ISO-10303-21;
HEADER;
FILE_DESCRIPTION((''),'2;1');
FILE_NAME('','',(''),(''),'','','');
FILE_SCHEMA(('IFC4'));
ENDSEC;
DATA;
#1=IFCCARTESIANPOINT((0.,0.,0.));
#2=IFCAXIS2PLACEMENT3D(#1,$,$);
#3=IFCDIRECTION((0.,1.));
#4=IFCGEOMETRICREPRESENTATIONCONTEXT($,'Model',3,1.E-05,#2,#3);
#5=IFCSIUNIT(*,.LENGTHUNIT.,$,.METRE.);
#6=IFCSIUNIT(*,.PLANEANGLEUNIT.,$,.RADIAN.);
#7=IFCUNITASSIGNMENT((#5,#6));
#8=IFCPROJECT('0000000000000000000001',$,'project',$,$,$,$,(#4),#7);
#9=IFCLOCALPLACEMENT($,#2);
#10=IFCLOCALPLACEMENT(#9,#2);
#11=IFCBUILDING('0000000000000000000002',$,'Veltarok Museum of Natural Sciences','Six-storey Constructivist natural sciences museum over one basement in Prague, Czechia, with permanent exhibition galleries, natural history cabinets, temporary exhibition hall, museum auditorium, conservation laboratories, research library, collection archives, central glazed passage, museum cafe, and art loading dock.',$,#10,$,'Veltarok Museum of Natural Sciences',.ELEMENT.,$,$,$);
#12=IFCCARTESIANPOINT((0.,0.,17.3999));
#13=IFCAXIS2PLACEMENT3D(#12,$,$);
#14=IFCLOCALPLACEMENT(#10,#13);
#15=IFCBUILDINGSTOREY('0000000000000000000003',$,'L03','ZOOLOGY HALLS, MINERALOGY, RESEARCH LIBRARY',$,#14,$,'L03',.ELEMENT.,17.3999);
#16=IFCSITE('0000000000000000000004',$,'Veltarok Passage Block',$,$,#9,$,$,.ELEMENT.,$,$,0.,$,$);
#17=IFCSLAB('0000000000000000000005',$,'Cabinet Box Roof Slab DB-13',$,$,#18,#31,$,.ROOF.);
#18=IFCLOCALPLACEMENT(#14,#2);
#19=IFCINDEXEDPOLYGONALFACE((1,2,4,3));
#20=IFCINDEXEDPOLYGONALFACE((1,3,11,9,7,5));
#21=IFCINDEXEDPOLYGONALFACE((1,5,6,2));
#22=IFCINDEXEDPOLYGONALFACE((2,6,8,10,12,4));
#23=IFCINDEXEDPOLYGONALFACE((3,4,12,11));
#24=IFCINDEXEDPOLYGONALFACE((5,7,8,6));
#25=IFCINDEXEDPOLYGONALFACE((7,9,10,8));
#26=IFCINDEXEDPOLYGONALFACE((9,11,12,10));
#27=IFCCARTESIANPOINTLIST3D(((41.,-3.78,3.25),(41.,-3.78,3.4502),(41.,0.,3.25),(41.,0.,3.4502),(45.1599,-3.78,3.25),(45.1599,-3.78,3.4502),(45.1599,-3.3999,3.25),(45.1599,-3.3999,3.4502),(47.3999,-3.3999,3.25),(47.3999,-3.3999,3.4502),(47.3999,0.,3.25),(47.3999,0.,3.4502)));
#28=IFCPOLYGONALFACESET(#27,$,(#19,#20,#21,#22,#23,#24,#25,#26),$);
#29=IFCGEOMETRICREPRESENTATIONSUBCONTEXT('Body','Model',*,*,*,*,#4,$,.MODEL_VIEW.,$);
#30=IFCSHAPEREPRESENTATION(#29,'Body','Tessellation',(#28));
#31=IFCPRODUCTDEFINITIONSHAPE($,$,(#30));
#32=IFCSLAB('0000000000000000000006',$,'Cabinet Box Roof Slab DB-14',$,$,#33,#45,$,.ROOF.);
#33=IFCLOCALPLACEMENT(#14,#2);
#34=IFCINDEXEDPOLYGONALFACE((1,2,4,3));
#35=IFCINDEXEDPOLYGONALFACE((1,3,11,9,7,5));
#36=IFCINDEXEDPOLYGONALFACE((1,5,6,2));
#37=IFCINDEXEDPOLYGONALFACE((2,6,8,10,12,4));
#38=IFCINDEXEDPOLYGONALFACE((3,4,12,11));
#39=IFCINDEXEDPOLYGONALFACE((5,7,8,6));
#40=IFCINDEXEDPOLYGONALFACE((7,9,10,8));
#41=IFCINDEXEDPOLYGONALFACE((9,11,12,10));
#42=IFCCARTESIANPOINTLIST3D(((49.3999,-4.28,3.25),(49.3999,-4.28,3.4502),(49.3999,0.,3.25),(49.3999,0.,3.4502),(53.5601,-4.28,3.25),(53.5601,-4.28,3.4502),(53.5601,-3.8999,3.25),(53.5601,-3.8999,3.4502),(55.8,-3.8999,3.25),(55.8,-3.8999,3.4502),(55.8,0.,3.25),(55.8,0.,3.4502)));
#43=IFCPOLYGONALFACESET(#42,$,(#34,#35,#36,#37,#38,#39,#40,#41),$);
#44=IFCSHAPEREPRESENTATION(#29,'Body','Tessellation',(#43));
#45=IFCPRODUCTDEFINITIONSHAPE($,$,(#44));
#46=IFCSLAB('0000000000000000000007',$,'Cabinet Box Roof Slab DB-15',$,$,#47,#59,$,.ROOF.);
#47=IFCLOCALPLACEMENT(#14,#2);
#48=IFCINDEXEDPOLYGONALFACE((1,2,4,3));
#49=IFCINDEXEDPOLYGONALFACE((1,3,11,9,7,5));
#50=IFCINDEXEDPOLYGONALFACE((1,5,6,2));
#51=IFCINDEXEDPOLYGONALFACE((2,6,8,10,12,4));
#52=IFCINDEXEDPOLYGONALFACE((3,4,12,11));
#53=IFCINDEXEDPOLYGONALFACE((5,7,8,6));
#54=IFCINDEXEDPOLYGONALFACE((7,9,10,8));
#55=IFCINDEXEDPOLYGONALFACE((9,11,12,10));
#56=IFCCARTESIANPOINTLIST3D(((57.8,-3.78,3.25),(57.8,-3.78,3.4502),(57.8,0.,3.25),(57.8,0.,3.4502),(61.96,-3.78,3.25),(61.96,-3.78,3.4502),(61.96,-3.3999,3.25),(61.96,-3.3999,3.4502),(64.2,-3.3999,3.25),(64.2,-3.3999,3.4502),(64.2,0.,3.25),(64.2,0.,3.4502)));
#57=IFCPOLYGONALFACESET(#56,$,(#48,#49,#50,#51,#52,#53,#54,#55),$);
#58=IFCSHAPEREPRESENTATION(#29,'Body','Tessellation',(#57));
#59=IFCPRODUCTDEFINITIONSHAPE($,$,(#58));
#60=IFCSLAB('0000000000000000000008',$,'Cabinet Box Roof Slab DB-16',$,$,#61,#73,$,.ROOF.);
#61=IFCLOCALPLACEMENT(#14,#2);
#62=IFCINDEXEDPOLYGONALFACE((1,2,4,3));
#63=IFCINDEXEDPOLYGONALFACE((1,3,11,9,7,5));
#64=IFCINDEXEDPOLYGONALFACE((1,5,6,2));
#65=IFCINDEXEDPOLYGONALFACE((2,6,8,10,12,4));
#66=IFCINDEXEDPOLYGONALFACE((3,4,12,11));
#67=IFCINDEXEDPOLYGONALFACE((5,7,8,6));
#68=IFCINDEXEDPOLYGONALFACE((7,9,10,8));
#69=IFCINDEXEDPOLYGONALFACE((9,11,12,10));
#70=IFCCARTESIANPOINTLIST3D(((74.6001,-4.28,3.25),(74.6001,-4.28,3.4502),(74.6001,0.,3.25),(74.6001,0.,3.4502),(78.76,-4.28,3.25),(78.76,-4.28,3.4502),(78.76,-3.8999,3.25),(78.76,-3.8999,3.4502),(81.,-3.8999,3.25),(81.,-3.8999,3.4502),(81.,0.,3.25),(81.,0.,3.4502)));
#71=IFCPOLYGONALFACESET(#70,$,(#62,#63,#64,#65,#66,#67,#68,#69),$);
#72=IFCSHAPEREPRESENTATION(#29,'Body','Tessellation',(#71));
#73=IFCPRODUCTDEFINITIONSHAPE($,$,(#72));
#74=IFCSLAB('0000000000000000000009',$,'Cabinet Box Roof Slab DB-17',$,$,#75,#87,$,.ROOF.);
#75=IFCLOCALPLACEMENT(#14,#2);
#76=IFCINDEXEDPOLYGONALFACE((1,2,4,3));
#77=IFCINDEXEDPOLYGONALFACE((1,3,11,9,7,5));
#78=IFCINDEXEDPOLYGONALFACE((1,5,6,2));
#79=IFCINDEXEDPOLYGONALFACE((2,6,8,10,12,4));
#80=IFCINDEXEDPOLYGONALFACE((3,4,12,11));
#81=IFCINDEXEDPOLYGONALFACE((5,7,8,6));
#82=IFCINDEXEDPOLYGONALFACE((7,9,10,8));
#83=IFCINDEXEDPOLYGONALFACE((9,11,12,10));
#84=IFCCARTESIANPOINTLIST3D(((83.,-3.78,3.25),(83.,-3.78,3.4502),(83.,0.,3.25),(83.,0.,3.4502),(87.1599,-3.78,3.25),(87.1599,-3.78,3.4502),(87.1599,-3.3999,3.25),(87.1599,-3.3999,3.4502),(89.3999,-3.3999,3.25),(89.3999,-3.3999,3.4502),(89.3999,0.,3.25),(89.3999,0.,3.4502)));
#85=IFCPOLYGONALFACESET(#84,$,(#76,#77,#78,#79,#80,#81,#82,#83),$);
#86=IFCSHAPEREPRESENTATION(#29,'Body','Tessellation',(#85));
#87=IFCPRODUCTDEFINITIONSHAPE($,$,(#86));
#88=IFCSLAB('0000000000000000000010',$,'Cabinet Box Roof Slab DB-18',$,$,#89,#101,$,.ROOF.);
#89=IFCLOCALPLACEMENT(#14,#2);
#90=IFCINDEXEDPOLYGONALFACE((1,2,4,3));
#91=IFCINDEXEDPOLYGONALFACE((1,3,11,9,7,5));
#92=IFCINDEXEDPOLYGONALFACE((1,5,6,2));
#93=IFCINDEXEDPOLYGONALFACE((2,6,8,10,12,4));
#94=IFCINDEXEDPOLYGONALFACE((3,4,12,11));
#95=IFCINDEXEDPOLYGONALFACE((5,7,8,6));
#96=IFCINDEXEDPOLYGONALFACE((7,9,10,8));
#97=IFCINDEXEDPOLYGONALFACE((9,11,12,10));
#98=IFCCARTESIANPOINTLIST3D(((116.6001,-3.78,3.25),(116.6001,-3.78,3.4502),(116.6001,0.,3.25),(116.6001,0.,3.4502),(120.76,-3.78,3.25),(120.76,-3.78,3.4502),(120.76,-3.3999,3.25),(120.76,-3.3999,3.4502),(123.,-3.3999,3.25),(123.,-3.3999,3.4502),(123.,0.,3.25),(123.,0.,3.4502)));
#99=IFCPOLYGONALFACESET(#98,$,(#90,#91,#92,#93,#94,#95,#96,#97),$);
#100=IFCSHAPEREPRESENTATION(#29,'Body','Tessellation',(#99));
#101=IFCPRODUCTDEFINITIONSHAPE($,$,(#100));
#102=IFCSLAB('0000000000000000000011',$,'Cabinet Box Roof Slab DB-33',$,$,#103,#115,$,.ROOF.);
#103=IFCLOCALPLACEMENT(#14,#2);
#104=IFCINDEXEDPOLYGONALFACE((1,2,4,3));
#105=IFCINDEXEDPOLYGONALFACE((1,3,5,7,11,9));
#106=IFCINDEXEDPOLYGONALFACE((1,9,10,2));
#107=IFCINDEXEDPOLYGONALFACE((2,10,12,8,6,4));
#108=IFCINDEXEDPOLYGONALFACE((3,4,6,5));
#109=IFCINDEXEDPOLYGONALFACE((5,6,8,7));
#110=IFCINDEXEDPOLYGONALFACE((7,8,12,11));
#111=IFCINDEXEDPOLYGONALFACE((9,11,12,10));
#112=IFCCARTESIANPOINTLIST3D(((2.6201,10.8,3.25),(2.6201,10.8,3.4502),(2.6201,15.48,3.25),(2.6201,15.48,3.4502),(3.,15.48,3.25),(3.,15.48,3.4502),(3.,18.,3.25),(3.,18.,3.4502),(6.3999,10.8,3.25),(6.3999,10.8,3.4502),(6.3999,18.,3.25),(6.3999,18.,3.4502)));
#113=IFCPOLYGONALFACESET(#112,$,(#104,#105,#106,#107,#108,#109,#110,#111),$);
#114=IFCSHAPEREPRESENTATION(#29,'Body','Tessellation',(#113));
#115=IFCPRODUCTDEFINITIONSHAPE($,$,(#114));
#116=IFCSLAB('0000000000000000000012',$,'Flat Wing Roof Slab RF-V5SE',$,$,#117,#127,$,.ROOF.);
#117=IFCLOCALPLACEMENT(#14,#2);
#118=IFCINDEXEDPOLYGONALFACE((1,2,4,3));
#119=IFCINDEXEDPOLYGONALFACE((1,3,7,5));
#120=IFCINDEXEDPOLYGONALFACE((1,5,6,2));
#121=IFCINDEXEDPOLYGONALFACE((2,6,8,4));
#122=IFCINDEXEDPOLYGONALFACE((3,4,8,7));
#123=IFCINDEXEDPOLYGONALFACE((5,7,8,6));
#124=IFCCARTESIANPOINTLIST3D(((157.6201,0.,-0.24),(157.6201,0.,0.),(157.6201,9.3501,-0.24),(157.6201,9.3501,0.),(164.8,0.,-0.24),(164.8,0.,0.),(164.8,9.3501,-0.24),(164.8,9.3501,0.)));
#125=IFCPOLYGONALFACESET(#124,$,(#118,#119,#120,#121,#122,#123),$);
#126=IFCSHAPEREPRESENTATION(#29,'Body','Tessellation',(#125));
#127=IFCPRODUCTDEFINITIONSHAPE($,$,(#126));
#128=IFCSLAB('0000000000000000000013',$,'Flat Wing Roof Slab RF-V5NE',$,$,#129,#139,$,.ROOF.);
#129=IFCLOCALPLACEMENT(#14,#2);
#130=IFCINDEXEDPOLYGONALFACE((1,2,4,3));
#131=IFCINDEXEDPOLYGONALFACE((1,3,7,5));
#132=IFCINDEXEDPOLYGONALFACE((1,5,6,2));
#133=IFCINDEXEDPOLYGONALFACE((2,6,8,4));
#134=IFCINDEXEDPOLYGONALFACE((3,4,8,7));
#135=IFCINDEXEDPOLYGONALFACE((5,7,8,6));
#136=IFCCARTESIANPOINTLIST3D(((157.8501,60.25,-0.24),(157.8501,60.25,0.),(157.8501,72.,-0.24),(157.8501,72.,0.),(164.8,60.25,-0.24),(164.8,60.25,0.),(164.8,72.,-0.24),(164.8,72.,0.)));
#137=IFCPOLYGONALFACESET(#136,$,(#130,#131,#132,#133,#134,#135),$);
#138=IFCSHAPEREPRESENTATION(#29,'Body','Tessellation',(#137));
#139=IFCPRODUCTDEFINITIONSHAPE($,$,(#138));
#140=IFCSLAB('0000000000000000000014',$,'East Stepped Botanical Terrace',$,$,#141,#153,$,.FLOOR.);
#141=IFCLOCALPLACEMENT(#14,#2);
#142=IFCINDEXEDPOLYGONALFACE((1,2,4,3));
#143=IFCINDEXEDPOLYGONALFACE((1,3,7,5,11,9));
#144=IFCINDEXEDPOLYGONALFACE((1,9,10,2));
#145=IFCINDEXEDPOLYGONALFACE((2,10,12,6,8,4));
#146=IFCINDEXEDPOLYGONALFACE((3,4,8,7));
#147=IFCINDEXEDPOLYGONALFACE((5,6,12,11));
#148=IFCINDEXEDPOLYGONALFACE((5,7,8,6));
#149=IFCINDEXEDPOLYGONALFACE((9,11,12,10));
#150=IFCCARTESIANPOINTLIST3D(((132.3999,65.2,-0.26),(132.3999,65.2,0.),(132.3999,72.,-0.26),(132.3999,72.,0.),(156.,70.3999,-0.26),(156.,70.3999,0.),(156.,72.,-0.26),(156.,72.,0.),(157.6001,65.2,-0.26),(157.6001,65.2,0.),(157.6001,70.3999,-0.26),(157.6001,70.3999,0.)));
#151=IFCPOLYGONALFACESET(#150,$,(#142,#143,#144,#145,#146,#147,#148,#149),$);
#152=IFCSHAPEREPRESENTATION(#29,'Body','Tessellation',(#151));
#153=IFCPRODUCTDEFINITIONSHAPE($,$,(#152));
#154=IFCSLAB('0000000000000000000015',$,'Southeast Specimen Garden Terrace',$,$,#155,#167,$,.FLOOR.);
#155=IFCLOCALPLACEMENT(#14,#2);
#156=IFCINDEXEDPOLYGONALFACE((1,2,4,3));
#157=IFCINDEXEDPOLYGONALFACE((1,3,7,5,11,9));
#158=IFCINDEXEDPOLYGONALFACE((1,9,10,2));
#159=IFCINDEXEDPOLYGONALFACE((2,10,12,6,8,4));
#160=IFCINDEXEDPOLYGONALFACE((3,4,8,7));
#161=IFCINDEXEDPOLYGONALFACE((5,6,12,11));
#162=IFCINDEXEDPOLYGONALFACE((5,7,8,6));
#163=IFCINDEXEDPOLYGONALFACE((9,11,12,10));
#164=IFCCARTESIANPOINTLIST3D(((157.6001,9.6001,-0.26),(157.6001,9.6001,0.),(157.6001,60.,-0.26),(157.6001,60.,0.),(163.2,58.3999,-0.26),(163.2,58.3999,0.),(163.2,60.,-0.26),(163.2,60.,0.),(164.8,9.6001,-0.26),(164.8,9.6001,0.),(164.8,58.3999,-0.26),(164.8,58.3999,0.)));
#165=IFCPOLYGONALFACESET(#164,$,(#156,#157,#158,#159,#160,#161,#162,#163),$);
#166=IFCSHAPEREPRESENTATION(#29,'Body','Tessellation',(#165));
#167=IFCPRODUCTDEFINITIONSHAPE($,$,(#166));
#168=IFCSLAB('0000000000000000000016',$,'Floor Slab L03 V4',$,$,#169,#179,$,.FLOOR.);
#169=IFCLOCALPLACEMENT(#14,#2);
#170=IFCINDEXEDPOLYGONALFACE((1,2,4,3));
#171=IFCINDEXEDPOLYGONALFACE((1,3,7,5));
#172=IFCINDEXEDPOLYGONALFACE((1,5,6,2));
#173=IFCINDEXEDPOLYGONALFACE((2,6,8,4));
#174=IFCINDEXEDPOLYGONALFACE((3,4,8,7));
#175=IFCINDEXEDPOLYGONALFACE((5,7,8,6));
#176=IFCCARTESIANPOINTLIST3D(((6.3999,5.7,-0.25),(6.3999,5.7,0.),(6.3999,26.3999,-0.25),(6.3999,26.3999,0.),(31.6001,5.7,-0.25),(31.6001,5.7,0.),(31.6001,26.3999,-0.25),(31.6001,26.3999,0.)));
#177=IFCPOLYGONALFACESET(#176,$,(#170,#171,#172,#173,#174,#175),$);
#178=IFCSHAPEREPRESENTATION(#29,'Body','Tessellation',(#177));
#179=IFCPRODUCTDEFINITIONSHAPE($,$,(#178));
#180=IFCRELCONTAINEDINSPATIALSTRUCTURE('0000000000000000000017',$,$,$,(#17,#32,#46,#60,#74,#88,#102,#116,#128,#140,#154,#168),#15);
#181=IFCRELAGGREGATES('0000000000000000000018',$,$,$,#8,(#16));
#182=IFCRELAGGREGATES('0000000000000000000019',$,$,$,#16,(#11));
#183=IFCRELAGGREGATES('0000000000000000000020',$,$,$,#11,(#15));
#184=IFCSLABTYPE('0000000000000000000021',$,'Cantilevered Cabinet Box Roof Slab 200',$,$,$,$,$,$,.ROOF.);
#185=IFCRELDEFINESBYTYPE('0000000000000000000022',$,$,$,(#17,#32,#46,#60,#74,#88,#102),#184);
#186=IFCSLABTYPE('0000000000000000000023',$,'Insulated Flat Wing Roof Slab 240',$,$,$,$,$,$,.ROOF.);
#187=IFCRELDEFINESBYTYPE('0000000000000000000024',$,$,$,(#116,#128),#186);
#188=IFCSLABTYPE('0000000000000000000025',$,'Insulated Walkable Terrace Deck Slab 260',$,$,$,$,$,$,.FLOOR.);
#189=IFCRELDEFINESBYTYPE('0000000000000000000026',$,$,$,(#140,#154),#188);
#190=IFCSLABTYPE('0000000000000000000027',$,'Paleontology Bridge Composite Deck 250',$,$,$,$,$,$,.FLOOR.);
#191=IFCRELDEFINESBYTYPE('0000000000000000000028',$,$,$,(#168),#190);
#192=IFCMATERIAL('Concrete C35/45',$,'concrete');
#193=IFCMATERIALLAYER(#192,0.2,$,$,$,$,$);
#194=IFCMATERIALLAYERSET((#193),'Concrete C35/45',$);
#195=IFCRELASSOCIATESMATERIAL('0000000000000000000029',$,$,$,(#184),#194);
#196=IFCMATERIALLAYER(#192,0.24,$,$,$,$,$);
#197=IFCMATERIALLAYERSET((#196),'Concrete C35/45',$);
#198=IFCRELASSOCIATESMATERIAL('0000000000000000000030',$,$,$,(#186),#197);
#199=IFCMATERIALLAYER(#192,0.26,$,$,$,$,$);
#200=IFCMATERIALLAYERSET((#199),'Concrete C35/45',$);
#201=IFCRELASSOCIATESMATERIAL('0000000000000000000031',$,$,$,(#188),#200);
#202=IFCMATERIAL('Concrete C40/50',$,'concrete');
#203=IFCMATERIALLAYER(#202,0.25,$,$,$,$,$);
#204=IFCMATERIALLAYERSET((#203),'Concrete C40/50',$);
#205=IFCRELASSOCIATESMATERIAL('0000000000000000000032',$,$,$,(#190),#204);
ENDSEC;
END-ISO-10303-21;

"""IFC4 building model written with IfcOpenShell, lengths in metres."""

from ifc_helpers import new_model, si_unit, direction, frame, origin, place, context, subcontext, project, spatial, polyline, outline, extrude, material, layer, layer_set, type_object, element, save


model = new_model("IFC4")

# Units and contexts
model_context = context("Model", 3, precision=1e-05, world=origin(), true_north=direction((0.0, 1.0)))
body_context = subcontext(model_context, "Body", "Model", "MODEL_VIEW")
ifc_project = project(units=[si_unit("LENGTHUNIT", "METRE"), si_unit("PLANEANGLEUNIT", "RADIAN")], contexts=[model_context])

# Site, building, storey
site_placement = place(None, origin())
site = spatial("IfcSite", under=ifc_project, at=site_placement, Name="Veltarok Passage Block", CompositionType="ELEMENT", RefElevation=0.0)
building_placement = place(site_placement, origin())
building = spatial("IfcBuilding", under=site, at=building_placement, Name="Veltarok Museum of Natural Sciences", Description="Six-storey Constructivist natural sciences museum over one basement in Prague, Czechia, with permanent exhibition galleries, natural history cabinets, temporary exhibition hall, museum auditorium, conservation laboratories, research library, collection archives, central glazed passage, museum cafe, and art loading dock.", LongName="Veltarok Museum of Natural Sciences", CompositionType="ELEMENT")
storey_placement = place(building_placement, frame((0.0, 0.0, 17.3999)))
storey = spatial("IfcBuildingStorey", under=building, at=storey_placement, Name="L03", Description="ZOOLOGY HALLS, MINERALOGY, RESEARCH LIBRARY", LongName="L03", CompositionType="ELEMENT", Elevation=17.3999)

# Slabs
ifc_material_1 = material(Name="Concrete C35/45", Category="concrete")
ifc_layer_1 = layer(ifc_material_1, 0.2)
ifc_layer_set_1 = layer_set([ifc_layer_1], Name="Concrete C35/45")
slab_type_1 = type_object("IfcSlabType", Name="Cantilevered Cabinet Box Roof Slab 200", PredefinedType="ROOF", material=ifc_layer_set_1)
slab_1_placement = place(storey_placement, frame((0.0, 0.0, 3.25)))
element("IfcSlab", 1, at=slab_1_placement, inside=storey, type_object=slab_type_1, Name="Cabinet Box Roof Slab DB-13", PredefinedType="ROOF", context=body_context, shape_type="SweptSolid", body=[
    extrude(outline(polyline([(41.0, -3.78), (45.1599, -3.78), (45.1599, -3.3999), (47.3999, -3.3999), (47.3999, 0.0), (41.0, 0.0), (41.0, -3.78)])), origin(), (0.0, 0.0, 1.0), 0.2002),
])
slab_2_placement = place(storey_placement, frame((0.0, 0.0, 3.25)))
element("IfcSlab", 2, at=slab_2_placement, inside=storey, type_object=slab_type_1, Name="Cabinet Box Roof Slab DB-14", PredefinedType="ROOF", context=body_context, shape_type="SweptSolid", body=[
    extrude(outline(polyline([(49.3999, -4.28), (53.5601, -4.28), (53.5601, -3.8999), (55.8, -3.8999), (55.8, 0.0), (49.3999, 0.0), (49.3999, -4.28)])), origin(), (0.0, 0.0, 1.0), 0.2002),
])
slab_3_placement = place(storey_placement, frame((0.0, 0.0, 3.25)))
element("IfcSlab", 3, at=slab_3_placement, inside=storey, type_object=slab_type_1, Name="Cabinet Box Roof Slab DB-15", PredefinedType="ROOF", context=body_context, shape_type="SweptSolid", body=[
    extrude(outline(polyline([(57.8, -3.78), (61.96, -3.78), (61.96, -3.3999), (64.2, -3.3999), (64.2, 0.0), (57.8, 0.0), (57.8, -3.78)])), origin(), (0.0, 0.0, 1.0), 0.2002),
])
slab_4_placement = place(storey_placement, frame((0.0, 0.0, 3.25)))
element("IfcSlab", 4, at=slab_4_placement, inside=storey, type_object=slab_type_1, Name="Cabinet Box Roof Slab DB-16", PredefinedType="ROOF", context=body_context, shape_type="SweptSolid", body=[
    extrude(outline(polyline([(74.6001, -4.28), (78.76, -4.28), (78.76, -3.8999), (81.0, -3.8999), (81.0, 0.0), (74.6001, 0.0), (74.6001, -4.28)])), origin(), (0.0, 0.0, 1.0), 0.2002),
])
slab_5_placement = place(storey_placement, frame((0.0, 0.0, 3.25)))
element("IfcSlab", 5, at=slab_5_placement, inside=storey, type_object=slab_type_1, Name="Cabinet Box Roof Slab DB-17", PredefinedType="ROOF", context=body_context, shape_type="SweptSolid", body=[
    extrude(outline(polyline([(83.0, -3.78), (87.1599, -3.78), (87.1599, -3.3999), (89.3999, -3.3999), (89.3999, 0.0), (83.0, 0.0), (83.0, -3.78)])), origin(), (0.0, 0.0, 1.0), 0.2002),
])
slab_6_placement = place(storey_placement, frame((0.0, 0.0, 3.25)))
element("IfcSlab", 6, at=slab_6_placement, inside=storey, type_object=slab_type_1, Name="Cabinet Box Roof Slab DB-18", PredefinedType="ROOF", context=body_context, shape_type="SweptSolid", body=[
    extrude(outline(polyline([(116.6001, -3.78), (120.76, -3.78), (120.76, -3.3999), (123.0, -3.3999), (123.0, 0.0), (116.6001, 0.0), (116.6001, -3.78)])), origin(), (0.0, 0.0, 1.0), 0.2002),
])
slab_7_placement = place(storey_placement, frame((0.0, 0.0, 3.25)))
element("IfcSlab", 7, at=slab_7_placement, inside=storey, type_object=slab_type_1, Name="Cabinet Box Roof Slab DB-33", PredefinedType="ROOF", context=body_context, shape_type="SweptSolid", body=[
    extrude(outline(polyline([(2.6201, 10.8), (6.3999, 10.8), (6.3999, 18.0), (3.0, 18.0), (3.0, 15.48), (2.6201, 15.48), (2.6201, 10.8)])), origin(), (0.0, 0.0, 1.0), 0.2002),
])
ifc_layer_2 = layer(ifc_material_1, 0.24)
ifc_layer_set_2 = layer_set([ifc_layer_2], Name="Concrete C35/45")
slab_type_2 = type_object("IfcSlabType", Name="Insulated Flat Wing Roof Slab 240", PredefinedType="ROOF", material=ifc_layer_set_2)
slab_8_placement = place(storey_placement, frame((0.0, 0.0, -0.24)))
element("IfcSlab", 8, at=slab_8_placement, inside=storey, type_object=slab_type_2, Name="Flat Wing Roof Slab RF-V5SE", PredefinedType="ROOF", context=body_context, shape_type="SweptSolid", body=[
    extrude(outline(polyline([(157.6201, 0.0), (157.6201, 9.3501), (164.8, 9.3501), (164.8, 0.0), (157.6201, 0.0)])), origin(), (0.0, 0.0, 1.0), 0.24),
])
slab_9_placement = place(storey_placement, frame((0.0, 0.0, -0.24)))
element("IfcSlab", 9, at=slab_9_placement, inside=storey, type_object=slab_type_2, Name="Flat Wing Roof Slab RF-V5NE", PredefinedType="ROOF", context=body_context, shape_type="SweptSolid", body=[
    extrude(outline(polyline([(157.8501, 60.25), (157.8501, 72.0), (164.8, 72.0), (164.8, 60.25), (157.8501, 60.25)])), origin(), (0.0, 0.0, 1.0), 0.24),
])
ifc_layer_3 = layer(ifc_material_1, 0.26)
ifc_layer_set_3 = layer_set([ifc_layer_3], Name="Concrete C35/45")
slab_type_3 = type_object("IfcSlabType", Name="Insulated Walkable Terrace Deck Slab 260", PredefinedType="FLOOR", material=ifc_layer_set_3)
slab_10_placement = place(storey_placement, frame((0.0, 0.0, -0.26)))
element("IfcSlab", 10, at=slab_10_placement, inside=storey, type_object=slab_type_3, Name="East Stepped Botanical Terrace", PredefinedType="FLOOR", context=body_context, shape_type="SweptSolid", body=[
    extrude(outline(polyline([(132.3999, 65.2), (157.6001, 65.2), (157.6001, 70.3999), (156.0, 70.3999), (156.0, 72.0), (132.3999, 72.0), (132.3999, 65.2)])), origin(), (0.0, 0.0, 1.0), 0.26),
])
slab_11_placement = place(storey_placement, frame((0.0, 0.0, -0.26)))
element("IfcSlab", 11, at=slab_11_placement, inside=storey, type_object=slab_type_3, Name="Southeast Specimen Garden Terrace", PredefinedType="FLOOR", context=body_context, shape_type="SweptSolid", body=[
    extrude(outline(polyline([(157.6001, 9.6001), (164.8, 9.6001), (164.8, 58.3999), (163.2, 58.3999), (163.2, 60.0), (157.6001, 60.0), (157.6001, 9.6001)])), origin(), (0.0, 0.0, 1.0), 0.26),
])
ifc_material_2 = material(Name="Concrete C40/50", Category="concrete")
ifc_layer_4 = layer(ifc_material_2, 0.25)
ifc_layer_set_4 = layer_set([ifc_layer_4], Name="Concrete C40/50")
slab_type_4 = type_object("IfcSlabType", Name="Paleontology Bridge Composite Deck 250", PredefinedType="FLOOR", material=ifc_layer_set_4)
slab_12_placement = place(storey_placement, frame((0.0, 0.0, -0.25)))
element("IfcSlab", 12, at=slab_12_placement, inside=storey, type_object=slab_type_4, Name="Floor Slab L03 V4", PredefinedType="FLOOR", context=body_context, shape_type="SweptSolid", body=[
    extrude(outline(polyline([(6.3999, 5.7), (6.3999, 26.3999), (31.6001, 26.3999), (31.6001, 5.7), (6.3999, 5.7)])), origin(), (0.0, 0.0, 1.0), 0.25),
])

save(model, "model.ifc")
